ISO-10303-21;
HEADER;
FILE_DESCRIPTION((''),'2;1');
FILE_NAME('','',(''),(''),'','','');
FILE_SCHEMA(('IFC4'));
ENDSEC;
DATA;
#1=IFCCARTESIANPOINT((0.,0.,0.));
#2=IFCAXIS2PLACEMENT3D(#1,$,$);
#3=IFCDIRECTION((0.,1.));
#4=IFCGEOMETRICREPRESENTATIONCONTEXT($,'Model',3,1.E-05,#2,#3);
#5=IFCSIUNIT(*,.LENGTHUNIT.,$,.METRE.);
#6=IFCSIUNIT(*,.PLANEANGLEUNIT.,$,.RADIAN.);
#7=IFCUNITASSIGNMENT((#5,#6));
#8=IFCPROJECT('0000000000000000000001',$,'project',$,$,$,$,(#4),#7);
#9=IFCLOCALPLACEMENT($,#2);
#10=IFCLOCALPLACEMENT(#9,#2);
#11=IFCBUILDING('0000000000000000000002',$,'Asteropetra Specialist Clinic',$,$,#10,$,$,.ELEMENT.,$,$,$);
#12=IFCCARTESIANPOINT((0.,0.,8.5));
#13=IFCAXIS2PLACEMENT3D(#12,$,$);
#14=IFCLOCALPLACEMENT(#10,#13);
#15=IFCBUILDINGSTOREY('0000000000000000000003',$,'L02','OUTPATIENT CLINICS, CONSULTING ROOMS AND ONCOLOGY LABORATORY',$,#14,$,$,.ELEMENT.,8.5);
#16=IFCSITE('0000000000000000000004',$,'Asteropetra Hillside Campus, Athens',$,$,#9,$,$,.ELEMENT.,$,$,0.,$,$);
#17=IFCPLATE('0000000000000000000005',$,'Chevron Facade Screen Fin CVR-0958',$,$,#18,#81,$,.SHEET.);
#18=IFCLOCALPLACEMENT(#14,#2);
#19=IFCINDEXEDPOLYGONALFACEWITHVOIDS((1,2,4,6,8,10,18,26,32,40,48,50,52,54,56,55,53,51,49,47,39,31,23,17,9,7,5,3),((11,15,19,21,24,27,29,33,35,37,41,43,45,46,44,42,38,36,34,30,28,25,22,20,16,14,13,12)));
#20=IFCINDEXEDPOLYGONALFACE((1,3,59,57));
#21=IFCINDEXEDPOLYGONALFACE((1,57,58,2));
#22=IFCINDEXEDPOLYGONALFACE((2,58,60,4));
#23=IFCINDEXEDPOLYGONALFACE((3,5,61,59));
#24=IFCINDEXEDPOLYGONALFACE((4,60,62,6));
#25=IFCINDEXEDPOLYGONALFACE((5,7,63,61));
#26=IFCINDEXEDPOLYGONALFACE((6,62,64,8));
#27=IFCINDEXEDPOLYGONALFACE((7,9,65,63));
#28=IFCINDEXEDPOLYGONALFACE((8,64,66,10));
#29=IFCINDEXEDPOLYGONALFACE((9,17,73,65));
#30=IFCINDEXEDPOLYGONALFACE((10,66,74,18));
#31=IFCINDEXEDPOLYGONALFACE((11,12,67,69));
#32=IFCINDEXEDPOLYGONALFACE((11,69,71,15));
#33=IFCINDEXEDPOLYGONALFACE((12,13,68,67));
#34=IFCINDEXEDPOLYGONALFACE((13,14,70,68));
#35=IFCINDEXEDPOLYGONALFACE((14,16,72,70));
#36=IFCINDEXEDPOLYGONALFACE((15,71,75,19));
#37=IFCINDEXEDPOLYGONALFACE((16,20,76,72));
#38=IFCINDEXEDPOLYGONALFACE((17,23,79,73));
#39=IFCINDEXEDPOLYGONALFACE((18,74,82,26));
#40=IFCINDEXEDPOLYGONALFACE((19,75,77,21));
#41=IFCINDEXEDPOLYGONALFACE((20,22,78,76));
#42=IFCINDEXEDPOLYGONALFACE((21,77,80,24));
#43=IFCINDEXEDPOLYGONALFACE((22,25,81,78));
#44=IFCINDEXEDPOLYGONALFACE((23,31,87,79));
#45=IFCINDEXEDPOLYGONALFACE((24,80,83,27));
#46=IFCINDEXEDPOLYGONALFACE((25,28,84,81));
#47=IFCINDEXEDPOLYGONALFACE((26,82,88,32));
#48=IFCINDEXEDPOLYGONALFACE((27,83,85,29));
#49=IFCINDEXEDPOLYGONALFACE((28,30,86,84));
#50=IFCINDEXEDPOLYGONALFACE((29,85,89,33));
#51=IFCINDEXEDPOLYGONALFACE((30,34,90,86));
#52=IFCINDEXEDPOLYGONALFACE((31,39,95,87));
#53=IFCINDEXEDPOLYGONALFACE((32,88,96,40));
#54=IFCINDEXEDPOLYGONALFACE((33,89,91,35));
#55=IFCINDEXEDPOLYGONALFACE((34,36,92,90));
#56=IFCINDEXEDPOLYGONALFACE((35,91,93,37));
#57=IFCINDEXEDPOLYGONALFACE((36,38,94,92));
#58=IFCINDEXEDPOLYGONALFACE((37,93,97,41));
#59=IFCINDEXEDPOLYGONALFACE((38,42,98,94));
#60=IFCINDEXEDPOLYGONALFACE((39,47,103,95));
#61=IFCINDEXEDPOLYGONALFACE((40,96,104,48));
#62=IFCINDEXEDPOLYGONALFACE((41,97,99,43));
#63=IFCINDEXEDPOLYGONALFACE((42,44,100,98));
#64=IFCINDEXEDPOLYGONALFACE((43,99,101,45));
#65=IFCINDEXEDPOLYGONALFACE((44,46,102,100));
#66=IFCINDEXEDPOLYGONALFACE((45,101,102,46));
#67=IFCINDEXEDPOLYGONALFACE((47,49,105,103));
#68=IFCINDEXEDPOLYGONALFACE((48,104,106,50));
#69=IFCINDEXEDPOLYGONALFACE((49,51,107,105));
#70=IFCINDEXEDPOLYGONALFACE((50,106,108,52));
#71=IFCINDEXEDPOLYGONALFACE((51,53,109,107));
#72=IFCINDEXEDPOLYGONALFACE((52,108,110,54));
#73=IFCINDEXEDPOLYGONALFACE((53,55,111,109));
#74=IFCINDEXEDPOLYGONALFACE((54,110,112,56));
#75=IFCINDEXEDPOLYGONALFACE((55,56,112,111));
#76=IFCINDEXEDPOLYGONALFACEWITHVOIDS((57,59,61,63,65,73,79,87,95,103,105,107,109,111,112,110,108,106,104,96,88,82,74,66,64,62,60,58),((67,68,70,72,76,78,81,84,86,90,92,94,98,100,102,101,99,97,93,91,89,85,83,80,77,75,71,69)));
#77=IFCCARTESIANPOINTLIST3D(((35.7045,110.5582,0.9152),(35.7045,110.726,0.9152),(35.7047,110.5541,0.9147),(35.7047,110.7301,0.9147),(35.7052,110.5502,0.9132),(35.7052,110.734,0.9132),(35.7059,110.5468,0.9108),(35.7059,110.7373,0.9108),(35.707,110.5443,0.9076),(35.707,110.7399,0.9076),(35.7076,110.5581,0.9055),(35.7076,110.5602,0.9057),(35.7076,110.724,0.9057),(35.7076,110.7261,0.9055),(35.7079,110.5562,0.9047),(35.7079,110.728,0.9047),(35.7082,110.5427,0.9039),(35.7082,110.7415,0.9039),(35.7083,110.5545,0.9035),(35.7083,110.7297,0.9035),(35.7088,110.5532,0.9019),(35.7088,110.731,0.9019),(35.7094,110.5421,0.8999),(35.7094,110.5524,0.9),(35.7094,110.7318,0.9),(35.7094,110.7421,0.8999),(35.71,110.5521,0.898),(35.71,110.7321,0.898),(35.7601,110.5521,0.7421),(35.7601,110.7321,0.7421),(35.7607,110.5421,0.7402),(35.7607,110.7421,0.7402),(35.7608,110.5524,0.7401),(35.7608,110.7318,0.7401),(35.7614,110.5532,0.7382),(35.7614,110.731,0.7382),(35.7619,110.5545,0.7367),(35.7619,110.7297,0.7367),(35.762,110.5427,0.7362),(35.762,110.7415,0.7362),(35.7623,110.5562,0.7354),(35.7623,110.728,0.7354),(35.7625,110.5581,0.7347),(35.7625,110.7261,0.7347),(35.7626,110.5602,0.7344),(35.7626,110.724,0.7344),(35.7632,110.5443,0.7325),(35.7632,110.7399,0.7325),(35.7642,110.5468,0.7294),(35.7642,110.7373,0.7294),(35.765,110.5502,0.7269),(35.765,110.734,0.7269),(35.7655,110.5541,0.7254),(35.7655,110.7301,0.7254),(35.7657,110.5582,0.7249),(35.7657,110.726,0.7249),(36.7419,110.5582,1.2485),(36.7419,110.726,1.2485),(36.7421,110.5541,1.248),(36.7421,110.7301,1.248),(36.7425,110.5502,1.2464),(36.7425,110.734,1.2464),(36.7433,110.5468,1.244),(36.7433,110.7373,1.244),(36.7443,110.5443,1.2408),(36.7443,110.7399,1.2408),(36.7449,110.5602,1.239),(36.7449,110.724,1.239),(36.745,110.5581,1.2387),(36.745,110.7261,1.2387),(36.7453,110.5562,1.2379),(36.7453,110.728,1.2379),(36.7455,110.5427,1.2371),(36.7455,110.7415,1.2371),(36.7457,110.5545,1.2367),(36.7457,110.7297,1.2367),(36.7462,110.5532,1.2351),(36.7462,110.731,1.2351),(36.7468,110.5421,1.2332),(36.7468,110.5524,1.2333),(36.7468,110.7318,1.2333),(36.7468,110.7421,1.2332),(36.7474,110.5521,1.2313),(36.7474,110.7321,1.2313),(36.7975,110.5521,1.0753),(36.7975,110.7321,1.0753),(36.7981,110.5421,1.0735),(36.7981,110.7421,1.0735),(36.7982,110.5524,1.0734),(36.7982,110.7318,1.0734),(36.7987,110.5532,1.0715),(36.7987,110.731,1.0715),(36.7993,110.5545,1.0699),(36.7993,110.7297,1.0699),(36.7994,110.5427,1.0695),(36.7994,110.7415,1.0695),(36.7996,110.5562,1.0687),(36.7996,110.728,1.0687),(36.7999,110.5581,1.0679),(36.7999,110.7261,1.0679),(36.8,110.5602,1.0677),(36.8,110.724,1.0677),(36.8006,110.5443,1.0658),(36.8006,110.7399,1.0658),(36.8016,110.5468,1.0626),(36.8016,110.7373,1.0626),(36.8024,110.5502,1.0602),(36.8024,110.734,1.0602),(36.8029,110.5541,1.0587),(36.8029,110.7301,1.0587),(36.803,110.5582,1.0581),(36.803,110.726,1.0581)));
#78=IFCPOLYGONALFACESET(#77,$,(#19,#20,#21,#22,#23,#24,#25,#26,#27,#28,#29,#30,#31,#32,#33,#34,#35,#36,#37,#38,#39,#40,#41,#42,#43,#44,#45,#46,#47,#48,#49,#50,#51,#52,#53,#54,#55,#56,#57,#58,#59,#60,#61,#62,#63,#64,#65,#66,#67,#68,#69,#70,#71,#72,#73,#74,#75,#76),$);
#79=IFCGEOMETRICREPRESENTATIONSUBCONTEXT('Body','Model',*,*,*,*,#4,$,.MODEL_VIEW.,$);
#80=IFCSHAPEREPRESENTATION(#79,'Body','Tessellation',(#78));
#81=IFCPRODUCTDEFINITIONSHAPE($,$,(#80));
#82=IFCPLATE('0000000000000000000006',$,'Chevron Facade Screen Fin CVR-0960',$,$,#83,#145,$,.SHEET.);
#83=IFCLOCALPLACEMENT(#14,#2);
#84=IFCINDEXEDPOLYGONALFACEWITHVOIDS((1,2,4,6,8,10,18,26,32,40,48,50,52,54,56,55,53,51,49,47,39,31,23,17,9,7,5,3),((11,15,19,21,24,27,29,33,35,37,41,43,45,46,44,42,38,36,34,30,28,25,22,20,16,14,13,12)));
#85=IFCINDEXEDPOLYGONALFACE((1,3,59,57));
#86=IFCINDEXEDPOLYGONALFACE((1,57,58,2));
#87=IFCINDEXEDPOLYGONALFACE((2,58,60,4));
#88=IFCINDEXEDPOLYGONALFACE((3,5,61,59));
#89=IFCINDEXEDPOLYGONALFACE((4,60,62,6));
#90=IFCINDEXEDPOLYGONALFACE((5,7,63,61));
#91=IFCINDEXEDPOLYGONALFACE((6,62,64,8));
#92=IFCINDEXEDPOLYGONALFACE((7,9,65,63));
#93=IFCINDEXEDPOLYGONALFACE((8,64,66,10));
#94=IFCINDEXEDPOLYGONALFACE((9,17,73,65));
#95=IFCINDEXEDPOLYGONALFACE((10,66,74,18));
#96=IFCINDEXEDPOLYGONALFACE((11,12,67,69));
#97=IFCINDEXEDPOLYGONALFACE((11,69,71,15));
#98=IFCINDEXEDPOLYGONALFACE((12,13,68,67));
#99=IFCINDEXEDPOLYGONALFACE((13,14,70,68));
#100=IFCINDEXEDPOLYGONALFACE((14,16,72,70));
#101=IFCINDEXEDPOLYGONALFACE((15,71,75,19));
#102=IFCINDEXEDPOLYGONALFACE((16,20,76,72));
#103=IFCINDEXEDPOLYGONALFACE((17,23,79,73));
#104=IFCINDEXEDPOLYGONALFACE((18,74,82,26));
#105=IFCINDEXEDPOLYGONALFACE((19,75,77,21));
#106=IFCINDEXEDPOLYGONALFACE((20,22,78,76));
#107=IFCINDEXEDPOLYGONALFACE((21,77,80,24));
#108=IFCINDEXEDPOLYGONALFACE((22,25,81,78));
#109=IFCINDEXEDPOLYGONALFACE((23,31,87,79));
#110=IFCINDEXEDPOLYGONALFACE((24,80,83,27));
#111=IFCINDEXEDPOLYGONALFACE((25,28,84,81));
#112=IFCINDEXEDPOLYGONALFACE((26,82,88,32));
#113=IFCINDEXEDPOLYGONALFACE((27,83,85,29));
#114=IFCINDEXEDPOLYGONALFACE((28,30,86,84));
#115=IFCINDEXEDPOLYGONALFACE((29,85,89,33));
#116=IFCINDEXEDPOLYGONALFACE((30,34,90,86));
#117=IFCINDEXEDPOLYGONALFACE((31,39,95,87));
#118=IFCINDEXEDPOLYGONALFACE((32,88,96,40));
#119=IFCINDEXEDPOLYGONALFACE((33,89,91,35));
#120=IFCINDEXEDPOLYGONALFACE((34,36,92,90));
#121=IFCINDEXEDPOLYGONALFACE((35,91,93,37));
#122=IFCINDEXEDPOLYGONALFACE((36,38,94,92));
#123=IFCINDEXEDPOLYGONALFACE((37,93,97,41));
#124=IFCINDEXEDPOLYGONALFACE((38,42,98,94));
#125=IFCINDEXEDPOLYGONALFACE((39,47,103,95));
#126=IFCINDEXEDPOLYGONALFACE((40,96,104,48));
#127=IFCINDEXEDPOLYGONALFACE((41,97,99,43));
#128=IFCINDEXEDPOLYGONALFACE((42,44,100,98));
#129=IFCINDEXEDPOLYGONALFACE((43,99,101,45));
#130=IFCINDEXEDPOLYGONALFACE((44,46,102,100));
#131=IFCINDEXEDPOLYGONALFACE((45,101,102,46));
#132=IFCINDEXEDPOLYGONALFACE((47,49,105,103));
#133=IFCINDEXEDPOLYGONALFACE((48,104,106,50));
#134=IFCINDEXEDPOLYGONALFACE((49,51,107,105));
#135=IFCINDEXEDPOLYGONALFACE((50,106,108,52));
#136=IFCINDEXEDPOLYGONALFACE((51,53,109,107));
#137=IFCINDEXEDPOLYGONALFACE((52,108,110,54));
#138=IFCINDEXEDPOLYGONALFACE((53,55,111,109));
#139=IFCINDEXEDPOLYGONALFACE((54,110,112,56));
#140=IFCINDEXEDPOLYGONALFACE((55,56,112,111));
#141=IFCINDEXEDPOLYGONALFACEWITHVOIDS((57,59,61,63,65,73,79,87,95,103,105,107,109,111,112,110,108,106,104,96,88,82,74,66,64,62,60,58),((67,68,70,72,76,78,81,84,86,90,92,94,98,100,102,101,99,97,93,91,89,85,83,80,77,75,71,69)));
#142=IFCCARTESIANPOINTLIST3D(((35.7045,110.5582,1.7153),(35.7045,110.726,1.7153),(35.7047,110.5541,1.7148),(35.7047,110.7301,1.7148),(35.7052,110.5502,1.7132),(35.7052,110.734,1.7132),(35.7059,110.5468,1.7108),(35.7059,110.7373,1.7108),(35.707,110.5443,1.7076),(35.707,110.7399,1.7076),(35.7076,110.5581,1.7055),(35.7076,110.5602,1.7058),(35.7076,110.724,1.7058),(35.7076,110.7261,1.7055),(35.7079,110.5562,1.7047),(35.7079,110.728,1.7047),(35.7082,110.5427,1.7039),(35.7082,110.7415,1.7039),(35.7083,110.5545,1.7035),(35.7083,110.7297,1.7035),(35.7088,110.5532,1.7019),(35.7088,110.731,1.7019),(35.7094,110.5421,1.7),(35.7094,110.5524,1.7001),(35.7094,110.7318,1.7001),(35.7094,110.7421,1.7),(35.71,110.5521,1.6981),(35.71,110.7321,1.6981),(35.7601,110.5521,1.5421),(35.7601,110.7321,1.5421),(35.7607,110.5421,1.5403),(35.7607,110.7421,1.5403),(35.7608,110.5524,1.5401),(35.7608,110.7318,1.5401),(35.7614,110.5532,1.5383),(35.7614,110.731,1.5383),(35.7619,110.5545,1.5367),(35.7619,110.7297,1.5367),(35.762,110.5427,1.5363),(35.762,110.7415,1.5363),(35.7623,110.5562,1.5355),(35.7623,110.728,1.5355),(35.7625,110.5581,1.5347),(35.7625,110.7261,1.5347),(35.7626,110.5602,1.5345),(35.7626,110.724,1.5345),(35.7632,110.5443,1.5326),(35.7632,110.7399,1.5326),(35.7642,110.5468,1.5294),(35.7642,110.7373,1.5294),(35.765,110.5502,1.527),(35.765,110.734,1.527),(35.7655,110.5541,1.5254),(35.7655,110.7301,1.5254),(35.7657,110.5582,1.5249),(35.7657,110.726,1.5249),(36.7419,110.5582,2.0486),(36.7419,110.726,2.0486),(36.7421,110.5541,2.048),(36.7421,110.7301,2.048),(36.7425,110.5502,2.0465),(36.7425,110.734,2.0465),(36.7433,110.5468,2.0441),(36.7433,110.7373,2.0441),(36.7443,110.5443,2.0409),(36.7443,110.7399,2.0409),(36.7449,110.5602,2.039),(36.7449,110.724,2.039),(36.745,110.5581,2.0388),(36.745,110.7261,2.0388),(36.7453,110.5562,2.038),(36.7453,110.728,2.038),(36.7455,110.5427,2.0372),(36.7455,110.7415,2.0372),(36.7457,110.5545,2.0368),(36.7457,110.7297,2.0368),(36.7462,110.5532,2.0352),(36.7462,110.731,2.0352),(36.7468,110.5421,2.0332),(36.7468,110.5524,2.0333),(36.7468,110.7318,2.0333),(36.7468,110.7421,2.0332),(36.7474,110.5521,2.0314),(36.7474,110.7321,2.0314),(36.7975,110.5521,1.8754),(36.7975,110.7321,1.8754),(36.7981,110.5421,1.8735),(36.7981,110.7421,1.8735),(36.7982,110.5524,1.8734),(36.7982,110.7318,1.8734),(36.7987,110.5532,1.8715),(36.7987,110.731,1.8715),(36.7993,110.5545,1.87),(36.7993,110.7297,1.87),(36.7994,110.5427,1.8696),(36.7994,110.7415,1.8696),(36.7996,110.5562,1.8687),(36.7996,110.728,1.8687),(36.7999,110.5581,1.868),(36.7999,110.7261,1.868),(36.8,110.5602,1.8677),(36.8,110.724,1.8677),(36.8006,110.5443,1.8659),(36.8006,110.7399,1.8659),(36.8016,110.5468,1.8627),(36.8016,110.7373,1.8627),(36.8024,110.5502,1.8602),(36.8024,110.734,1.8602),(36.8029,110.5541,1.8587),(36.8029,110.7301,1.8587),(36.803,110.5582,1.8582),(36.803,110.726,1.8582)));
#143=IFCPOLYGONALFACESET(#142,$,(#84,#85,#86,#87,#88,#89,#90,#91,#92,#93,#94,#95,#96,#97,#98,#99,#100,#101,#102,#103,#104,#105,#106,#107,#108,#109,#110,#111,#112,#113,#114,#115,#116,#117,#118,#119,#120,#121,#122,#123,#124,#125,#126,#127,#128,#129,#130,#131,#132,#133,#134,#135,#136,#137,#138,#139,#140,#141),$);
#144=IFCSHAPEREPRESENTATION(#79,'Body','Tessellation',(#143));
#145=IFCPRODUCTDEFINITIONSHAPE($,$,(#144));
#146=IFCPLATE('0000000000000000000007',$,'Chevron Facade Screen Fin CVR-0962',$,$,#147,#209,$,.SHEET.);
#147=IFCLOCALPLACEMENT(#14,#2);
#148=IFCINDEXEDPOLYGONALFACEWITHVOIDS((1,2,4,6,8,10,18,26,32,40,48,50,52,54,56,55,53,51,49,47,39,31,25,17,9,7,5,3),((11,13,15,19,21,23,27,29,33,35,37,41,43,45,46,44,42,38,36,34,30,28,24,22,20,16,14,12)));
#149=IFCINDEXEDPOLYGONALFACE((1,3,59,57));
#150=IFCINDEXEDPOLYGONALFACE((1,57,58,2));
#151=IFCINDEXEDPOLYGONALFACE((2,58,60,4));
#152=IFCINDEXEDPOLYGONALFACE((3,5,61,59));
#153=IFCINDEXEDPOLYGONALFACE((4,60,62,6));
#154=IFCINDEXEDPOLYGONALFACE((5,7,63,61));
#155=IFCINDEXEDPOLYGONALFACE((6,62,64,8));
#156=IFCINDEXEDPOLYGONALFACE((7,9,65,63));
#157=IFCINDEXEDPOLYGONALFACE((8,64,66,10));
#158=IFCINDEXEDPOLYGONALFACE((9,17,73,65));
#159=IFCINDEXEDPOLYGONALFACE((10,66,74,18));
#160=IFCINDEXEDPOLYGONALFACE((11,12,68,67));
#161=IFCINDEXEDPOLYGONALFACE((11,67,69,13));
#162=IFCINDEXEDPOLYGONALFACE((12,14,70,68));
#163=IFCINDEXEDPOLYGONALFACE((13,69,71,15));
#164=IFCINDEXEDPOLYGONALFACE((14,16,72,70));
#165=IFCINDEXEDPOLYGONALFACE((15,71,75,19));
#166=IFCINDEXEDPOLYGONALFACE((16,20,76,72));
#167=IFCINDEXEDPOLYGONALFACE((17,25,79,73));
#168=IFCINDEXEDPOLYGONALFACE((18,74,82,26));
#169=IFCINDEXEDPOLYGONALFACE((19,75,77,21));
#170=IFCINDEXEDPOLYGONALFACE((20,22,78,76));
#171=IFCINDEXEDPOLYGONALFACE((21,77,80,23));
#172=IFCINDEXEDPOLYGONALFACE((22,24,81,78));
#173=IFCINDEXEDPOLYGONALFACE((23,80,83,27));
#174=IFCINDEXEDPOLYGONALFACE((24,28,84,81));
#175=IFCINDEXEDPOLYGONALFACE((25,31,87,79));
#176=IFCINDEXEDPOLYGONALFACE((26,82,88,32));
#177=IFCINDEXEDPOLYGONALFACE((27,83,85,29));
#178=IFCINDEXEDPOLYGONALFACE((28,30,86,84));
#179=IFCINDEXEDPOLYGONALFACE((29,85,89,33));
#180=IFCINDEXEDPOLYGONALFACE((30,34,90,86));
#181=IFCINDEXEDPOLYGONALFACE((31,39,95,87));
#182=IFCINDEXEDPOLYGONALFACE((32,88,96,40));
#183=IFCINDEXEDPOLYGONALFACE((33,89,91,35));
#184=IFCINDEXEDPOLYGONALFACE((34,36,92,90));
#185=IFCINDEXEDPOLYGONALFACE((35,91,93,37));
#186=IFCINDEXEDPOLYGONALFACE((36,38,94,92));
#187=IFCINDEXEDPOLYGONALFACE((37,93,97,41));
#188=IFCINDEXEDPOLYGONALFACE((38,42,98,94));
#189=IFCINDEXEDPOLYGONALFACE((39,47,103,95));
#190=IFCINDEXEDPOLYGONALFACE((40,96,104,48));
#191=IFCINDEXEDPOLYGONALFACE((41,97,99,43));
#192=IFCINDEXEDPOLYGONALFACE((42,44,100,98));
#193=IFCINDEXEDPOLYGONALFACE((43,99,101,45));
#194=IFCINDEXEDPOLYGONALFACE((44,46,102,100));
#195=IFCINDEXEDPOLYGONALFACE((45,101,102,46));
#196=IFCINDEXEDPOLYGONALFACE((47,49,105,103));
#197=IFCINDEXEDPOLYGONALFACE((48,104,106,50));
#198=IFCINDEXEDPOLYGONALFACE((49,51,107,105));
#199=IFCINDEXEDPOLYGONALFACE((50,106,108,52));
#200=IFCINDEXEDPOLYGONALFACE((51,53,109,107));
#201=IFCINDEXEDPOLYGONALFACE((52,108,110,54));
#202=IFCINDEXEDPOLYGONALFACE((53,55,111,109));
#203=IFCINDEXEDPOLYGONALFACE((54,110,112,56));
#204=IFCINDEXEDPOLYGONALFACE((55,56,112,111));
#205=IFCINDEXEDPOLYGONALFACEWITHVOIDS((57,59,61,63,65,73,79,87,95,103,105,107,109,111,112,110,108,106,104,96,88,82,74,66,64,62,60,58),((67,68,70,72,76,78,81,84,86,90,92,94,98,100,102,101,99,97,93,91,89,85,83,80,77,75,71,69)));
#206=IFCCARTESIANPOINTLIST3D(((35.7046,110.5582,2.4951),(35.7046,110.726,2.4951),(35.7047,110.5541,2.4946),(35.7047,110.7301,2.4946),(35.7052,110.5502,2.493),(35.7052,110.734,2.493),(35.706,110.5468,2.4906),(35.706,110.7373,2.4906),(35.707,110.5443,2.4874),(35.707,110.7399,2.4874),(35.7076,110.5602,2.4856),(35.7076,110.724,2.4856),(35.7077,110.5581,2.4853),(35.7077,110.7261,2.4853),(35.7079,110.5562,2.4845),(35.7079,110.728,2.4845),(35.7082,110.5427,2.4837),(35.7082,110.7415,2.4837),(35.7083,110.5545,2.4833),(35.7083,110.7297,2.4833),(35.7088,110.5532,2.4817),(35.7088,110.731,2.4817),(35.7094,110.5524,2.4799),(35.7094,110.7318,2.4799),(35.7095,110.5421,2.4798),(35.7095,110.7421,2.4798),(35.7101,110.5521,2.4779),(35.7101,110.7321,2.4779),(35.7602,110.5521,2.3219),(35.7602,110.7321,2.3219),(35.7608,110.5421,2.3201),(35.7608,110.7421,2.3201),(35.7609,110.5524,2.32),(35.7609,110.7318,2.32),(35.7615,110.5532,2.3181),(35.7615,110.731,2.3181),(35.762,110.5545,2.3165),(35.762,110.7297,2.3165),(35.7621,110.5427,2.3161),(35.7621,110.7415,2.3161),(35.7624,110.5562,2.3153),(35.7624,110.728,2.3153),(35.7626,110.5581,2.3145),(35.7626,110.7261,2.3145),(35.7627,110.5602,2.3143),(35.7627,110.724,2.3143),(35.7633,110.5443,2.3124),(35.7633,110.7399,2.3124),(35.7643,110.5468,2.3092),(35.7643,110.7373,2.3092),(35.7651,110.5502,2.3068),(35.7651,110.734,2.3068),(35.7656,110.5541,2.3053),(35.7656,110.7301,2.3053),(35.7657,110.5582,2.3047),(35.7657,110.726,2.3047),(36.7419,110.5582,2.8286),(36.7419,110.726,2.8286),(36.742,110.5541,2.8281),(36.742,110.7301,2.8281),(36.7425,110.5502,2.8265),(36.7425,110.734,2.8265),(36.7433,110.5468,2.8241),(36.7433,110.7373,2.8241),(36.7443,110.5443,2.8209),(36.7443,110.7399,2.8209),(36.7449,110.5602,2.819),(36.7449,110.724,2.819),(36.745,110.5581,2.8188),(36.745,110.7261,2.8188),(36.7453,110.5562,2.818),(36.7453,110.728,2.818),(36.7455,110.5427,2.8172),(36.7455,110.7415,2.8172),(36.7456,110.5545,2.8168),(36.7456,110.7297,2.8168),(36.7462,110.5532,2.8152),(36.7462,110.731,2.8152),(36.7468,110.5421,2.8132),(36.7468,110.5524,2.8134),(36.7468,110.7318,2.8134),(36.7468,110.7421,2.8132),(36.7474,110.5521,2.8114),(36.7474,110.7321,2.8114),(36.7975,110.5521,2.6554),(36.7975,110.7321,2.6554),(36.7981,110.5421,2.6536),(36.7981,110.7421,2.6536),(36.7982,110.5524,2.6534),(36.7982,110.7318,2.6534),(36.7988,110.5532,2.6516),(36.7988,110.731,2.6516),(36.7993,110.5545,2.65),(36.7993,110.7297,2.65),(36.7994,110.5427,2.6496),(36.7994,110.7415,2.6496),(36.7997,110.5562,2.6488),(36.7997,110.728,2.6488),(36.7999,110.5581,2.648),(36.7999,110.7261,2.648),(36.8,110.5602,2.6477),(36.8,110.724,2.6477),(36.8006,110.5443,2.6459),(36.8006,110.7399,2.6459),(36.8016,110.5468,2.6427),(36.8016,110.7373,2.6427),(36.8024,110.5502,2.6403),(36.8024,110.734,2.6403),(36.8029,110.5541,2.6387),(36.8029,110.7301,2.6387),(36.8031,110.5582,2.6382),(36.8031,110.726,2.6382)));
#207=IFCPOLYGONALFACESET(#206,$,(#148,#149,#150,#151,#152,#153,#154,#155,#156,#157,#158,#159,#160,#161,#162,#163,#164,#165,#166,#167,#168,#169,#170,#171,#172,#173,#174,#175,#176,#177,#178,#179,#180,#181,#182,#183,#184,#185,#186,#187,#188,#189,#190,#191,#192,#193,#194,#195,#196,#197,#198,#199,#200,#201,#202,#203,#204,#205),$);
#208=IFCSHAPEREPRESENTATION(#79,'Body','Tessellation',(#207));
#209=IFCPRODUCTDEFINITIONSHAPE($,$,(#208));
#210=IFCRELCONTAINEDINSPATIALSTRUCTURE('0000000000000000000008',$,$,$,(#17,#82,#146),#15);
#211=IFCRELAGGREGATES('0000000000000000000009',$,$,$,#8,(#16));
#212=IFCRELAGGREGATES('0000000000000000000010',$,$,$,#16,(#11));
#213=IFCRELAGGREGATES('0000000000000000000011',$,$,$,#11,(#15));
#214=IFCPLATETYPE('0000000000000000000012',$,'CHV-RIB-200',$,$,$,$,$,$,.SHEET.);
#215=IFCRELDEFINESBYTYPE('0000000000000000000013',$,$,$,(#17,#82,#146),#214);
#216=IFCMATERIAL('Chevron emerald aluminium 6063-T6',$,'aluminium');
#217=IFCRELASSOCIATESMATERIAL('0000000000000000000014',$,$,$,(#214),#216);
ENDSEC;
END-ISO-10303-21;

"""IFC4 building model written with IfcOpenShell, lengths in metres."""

from ifc_helpers import new_model, si_unit, direction, frame, origin, origin_2d, place, context, subcontext, project, spatial, hollow_rectangle, extrude, material, material_profile, profile_set, type_object, element, save


model = new_model("IFC4")

# Units and contexts
model_context = context("Model", 3, precision=1e-05, world=origin(), true_north=direction((0.0, 1.0)))
body_context = subcontext(model_context, "Body", "Model", "MODEL_VIEW")
ifc_project = project(units=[si_unit("LENGTHUNIT", "METRE"), si_unit("PLANEANGLEUNIT", "RADIAN")], contexts=[model_context])

# Site, building, storey
site_placement = place(None, origin())
site = spatial("IfcSite", under=ifc_project, at=site_placement, Name="Asteropetra Hillside Campus, Athens", CompositionType="ELEMENT", RefElevation=0.0)
building_placement = place(site_placement, origin())
building = spatial("IfcBuilding", under=site, at=building_placement, Name="Asteropetra Specialist Clinic", CompositionType="ELEMENT")
storey_placement = place(building_placement, frame((0.0, 0.0, 8.5)))
storey = spatial("IfcBuildingStorey", under=building, at=storey_placement, Name="L02", Description="OUTPATIENT CLINICS, CONSULTING ROOMS AND ONCOLOGY LABORATORY", CompositionType="ELEMENT", Elevation=8.5)

# Plates
ifc_material_1 = material(Name="Chevron emerald aluminium 6063-T6", Category="aluminium")
ifc_material_profile_1 = material_profile(ifc_material_1, hollow_rectangle(XDim=0.2, YDim=0.2, WallThickness=0.01, InnerFilletRadius=0.0081, OuterFilletRadius=0.0161, at=origin_2d()), Name="SHS 200x200x10.0")
ifc_profile_set_1 = profile_set([ifc_material_profile_1], Name="Chevron emerald aluminium 6063-T6")
plate_type = type_object("IfcPlateType", Name="CHV-RIB-200", PredefinedType="SHEET", material=ifc_profile_set_1)
for number, where, z_axis, x_axis, name in (
    (1, (36.7725, 110.6421, 1.1533), (-0.952078, 0.0, -0.305857), (0.0, -1.0, 0.0), "Chevron Facade Screen Fin CVR-0958"),
    (2, (36.7725, 110.6421, 1.9534), (-0.952078, 0.0, -0.305857), (0.0, -1.0, 0.0), "Chevron Facade Screen Fin CVR-0960"),
    (3, (36.7725, 110.6421, 2.7334), (-0.952012, 0.0, -0.30606), (0.0, -1.0, 0.0), "Chevron Facade Screen Fin CVR-0962"),
):
    element("IfcPlate", number, at=place(storey_placement, frame(where, z_axis=z_axis, x_axis=x_axis)), inside=storey, type_object=plate_type, Name=name, PredefinedType="SHEET", context=body_context, shape_type="SweptSolid", body=[
        extrude(hollow_rectangle(XDim=0.2, YDim=0.2, WallThickness=0.01, InnerFilletRadius=0.0081, OuterFilletRadius=0.0161, at=origin_2d()), origin(), (0.0, 0.0, 1.0), 1.0896),
    ])

save(model, "model.ifc")
